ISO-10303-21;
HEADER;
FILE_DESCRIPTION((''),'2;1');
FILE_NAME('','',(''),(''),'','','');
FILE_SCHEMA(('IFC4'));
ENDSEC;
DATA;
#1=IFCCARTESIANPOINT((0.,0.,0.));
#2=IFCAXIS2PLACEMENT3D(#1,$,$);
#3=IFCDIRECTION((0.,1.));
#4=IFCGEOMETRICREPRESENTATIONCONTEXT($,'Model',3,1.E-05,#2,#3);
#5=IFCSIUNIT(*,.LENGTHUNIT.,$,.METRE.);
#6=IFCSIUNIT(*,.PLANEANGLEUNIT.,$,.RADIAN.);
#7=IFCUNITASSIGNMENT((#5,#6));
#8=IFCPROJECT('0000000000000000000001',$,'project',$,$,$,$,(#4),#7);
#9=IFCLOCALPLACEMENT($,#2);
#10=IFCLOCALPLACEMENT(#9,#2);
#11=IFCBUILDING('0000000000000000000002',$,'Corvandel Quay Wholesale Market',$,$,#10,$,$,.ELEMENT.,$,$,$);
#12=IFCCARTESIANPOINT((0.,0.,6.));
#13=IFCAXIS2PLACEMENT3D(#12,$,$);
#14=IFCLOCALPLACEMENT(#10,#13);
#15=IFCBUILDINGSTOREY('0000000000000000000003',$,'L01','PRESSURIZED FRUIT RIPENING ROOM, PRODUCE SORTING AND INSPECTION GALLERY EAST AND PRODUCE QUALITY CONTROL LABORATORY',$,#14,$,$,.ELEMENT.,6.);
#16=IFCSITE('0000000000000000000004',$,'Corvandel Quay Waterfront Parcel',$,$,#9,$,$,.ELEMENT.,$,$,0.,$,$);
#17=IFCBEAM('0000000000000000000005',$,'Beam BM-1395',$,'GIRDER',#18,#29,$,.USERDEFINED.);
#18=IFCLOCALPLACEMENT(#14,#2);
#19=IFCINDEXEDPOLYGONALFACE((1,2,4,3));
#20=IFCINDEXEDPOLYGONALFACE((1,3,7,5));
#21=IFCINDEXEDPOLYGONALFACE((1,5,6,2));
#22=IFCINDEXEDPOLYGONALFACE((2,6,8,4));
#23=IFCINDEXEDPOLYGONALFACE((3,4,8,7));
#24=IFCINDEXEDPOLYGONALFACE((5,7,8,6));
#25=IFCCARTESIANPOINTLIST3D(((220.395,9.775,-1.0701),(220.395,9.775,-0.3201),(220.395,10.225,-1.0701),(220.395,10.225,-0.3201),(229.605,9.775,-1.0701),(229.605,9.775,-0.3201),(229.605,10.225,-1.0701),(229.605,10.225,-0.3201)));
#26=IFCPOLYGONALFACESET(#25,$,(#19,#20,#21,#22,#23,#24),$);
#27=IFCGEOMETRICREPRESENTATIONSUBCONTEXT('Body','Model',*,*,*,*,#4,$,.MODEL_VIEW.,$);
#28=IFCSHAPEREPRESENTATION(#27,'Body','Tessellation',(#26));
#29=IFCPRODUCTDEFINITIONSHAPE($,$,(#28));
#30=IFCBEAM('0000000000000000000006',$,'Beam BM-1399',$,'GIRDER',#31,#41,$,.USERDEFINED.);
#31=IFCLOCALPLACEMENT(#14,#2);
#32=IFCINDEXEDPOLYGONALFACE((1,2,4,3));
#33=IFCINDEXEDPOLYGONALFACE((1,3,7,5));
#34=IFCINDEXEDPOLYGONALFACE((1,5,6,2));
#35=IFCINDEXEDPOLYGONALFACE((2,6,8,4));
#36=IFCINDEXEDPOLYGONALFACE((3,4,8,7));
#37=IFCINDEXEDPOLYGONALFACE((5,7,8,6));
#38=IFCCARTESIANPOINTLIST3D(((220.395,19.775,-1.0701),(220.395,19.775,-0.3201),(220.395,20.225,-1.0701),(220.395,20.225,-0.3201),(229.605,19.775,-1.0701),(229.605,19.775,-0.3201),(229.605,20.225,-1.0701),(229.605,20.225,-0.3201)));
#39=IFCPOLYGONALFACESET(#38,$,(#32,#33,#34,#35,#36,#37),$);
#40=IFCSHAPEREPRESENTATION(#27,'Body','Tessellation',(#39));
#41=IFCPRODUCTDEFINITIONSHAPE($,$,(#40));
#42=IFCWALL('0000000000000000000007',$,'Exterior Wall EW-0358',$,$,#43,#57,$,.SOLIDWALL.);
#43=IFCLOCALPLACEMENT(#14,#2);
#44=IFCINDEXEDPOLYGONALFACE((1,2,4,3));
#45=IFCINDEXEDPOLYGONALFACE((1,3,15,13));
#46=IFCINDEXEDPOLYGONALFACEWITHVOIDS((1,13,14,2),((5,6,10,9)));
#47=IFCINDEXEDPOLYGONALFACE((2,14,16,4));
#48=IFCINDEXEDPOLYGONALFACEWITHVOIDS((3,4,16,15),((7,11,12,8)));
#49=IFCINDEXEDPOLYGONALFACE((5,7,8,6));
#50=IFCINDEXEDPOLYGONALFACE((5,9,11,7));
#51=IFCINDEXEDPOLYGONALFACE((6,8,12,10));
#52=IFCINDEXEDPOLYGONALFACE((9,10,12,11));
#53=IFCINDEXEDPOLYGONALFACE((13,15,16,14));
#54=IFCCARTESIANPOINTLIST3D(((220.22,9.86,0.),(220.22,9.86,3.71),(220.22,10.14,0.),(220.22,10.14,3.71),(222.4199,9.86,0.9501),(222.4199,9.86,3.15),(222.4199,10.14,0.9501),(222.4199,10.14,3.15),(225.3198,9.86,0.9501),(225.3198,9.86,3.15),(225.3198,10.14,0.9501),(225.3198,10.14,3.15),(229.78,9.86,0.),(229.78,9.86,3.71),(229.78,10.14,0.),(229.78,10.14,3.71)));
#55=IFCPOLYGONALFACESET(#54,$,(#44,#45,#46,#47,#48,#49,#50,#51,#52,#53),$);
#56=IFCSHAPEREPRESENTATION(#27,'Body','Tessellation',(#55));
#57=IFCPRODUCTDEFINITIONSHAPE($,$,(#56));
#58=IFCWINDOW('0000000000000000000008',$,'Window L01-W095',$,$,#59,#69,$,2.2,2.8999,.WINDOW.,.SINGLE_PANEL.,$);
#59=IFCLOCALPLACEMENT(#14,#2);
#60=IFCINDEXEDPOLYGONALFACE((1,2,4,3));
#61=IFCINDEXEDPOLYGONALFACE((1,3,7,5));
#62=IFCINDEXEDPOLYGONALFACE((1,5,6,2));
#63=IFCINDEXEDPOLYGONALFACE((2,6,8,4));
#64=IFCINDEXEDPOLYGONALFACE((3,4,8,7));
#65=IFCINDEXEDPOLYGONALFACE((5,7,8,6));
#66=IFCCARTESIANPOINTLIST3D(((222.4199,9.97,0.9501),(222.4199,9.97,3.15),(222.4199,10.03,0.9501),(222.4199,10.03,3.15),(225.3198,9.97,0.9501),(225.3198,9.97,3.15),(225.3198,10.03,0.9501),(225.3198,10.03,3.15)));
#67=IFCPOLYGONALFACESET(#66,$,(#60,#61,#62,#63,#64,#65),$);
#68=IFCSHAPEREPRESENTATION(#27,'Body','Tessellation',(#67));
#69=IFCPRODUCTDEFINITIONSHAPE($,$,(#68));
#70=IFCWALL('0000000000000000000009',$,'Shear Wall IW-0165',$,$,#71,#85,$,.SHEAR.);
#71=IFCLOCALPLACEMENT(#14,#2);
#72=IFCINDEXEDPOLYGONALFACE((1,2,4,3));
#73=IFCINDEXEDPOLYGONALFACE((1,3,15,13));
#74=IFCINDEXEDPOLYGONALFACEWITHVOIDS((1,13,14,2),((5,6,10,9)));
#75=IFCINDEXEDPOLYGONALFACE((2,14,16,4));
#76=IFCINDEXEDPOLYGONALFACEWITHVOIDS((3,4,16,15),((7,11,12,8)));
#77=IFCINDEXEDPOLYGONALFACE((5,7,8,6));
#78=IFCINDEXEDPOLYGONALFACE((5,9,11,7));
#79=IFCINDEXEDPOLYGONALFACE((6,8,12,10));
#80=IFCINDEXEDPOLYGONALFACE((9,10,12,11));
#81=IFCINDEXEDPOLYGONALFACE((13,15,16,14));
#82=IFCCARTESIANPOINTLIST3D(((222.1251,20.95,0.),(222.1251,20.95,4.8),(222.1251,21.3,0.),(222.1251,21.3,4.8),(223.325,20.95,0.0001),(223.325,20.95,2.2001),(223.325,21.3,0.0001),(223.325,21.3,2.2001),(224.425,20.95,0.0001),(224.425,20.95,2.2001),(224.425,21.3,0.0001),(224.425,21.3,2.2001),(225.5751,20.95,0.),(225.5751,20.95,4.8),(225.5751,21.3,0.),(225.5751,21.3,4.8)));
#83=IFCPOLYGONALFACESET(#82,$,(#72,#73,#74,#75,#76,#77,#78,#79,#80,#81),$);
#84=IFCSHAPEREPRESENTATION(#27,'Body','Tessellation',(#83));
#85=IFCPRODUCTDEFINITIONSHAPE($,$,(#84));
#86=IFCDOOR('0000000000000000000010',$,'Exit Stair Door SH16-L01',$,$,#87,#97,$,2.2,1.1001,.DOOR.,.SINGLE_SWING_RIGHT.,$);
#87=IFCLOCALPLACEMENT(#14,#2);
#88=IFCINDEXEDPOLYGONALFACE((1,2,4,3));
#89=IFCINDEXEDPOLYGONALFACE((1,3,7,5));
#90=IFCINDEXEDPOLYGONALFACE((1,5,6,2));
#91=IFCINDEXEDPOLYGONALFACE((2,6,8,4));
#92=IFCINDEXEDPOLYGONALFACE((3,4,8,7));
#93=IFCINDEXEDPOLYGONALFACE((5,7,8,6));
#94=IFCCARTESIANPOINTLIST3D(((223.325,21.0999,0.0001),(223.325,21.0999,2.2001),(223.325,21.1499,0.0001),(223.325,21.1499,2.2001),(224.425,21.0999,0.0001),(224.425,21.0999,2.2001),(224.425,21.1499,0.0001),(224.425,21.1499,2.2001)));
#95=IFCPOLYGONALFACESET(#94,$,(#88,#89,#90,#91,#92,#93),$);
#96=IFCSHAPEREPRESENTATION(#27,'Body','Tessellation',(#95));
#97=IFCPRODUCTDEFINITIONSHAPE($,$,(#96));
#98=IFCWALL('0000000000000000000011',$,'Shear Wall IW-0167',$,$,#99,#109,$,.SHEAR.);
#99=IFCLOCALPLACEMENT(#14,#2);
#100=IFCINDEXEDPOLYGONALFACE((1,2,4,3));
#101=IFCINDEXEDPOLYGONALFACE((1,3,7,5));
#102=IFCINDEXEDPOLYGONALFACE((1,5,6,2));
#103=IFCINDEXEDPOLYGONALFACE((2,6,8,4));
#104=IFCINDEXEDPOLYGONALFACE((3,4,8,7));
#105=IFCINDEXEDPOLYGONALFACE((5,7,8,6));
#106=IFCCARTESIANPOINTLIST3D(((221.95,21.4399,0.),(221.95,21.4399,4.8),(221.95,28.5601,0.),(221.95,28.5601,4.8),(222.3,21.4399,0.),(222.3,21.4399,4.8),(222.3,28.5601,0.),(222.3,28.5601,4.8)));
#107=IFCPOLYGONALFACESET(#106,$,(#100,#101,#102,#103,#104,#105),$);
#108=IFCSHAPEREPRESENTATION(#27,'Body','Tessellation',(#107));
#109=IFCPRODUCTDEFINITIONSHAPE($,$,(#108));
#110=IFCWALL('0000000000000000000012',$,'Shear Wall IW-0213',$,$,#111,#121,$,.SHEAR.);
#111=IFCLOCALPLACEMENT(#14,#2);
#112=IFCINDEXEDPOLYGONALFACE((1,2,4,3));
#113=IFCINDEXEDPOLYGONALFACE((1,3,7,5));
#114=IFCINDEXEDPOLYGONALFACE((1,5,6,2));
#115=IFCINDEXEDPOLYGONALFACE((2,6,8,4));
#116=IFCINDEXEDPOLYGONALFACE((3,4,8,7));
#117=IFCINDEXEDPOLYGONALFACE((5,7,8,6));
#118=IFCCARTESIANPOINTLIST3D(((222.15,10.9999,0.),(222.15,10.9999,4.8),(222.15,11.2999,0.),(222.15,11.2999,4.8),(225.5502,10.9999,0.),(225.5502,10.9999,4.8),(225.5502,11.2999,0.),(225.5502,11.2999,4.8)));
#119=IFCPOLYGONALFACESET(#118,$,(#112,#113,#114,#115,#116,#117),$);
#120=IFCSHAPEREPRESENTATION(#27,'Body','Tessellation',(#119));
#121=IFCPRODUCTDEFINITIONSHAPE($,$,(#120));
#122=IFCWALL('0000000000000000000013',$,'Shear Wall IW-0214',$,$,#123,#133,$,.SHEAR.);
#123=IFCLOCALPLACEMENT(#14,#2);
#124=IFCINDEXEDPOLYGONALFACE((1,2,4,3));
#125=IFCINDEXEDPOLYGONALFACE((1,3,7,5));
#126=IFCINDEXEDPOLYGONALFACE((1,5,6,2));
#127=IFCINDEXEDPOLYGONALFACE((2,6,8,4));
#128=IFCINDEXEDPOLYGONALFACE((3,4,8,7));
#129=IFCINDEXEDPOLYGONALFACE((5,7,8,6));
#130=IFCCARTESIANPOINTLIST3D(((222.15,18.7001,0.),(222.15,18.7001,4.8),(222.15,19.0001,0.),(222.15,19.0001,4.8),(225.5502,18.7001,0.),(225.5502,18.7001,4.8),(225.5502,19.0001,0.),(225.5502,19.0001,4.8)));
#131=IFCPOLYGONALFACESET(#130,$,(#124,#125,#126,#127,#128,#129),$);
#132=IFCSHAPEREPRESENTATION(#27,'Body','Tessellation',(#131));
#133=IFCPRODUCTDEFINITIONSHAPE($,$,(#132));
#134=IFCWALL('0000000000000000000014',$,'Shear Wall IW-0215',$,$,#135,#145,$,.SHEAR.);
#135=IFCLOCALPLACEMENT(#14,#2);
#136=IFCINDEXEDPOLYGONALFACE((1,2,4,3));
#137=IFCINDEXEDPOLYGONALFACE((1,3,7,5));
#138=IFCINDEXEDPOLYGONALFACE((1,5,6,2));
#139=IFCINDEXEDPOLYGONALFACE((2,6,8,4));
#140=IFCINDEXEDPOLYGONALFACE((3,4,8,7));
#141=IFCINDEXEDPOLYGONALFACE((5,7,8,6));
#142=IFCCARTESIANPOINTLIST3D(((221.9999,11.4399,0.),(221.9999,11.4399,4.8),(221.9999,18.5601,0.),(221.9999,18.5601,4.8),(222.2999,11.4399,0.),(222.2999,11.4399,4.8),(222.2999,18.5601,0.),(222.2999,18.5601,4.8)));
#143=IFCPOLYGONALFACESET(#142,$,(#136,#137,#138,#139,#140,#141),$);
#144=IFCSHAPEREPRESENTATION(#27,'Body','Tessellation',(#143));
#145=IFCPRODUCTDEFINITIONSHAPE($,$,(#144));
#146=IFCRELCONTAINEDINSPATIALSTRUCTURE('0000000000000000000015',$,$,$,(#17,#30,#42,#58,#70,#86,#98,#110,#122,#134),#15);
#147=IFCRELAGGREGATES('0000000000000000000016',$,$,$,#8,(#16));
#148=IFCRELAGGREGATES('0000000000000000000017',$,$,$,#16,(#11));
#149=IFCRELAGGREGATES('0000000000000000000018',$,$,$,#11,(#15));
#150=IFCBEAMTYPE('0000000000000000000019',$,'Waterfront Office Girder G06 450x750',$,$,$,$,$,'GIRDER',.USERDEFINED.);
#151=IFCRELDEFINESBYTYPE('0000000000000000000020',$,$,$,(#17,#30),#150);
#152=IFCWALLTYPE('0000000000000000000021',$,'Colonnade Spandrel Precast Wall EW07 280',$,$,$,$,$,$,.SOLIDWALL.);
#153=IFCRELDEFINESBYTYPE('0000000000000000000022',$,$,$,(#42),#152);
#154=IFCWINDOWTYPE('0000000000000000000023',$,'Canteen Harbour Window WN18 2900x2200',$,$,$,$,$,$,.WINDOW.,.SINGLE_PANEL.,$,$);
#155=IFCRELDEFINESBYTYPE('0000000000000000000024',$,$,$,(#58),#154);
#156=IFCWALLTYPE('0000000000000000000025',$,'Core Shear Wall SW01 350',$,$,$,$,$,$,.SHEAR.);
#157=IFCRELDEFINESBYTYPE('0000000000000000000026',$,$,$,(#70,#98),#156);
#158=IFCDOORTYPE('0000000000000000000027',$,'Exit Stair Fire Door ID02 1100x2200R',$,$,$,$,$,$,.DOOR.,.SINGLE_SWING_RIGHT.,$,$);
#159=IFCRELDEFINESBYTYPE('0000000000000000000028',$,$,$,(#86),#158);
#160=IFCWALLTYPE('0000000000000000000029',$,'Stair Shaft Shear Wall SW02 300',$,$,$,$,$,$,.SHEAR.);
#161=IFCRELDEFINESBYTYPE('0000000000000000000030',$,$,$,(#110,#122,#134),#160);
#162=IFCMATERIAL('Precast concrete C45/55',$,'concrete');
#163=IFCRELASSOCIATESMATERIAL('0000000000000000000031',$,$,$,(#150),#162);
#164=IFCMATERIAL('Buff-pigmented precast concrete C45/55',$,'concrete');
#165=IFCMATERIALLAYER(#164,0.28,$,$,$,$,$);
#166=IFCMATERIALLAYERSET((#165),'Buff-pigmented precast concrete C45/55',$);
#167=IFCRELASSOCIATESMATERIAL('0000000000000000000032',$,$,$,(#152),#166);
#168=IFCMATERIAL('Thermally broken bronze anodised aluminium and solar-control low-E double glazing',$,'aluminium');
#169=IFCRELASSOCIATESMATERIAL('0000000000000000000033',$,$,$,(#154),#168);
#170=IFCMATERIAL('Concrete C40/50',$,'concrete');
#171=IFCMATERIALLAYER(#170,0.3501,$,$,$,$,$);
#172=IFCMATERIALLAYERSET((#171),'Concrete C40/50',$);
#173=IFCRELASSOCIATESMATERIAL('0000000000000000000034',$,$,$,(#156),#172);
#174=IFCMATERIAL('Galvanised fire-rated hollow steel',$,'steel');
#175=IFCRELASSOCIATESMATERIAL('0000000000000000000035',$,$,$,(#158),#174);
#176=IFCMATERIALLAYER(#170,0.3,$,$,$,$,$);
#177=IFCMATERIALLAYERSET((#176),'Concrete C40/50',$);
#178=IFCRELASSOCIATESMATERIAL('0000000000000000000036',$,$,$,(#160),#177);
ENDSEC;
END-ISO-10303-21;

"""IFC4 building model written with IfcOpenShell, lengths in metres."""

from ifc_helpers import new_model, si_unit, direction, frame, frame_2d, origin, origin_2d, place, context, subcontext, project, spatial, rectangle, extrude, material, layer, layer_set, material_profile, profile_set, type_object, element, fill, save


model = new_model("IFC4")

# Units and contexts
model_context = context("Model", 3, precision=1e-05, world=origin(), true_north=direction((0.0, 1.0)))
body_context = subcontext(model_context, "Body", "Model", "MODEL_VIEW")
ifc_project = project(units=[si_unit("LENGTHUNIT", "METRE"), si_unit("PLANEANGLEUNIT", "RADIAN")], contexts=[model_context])

# Site, building, storey
site_placement = place(None, origin())
site = spatial("IfcSite", under=ifc_project, at=site_placement, Name="Corvandel Quay Waterfront Parcel", CompositionType="ELEMENT", RefElevation=0.0)
building_placement = place(site_placement, origin())
building = spatial("IfcBuilding", under=site, at=building_placement, Name="Corvandel Quay Wholesale Market", CompositionType="ELEMENT")
storey_placement = place(building_placement, frame((0.0, 0.0, 6.0)))
storey = spatial("IfcBuildingStorey", under=building, at=storey_placement, Name="L01", Description="PRESSURIZED FRUIT RIPENING ROOM, PRODUCE SORTING AND INSPECTION GALLERY EAST AND PRODUCE QUALITY CONTROL LABORATORY", CompositionType="ELEMENT", Elevation=6.0)

# Beams
ifc_material_1 = material(Name="Precast concrete C45/55", Category="concrete")
ifc_material_profile = material_profile(ifc_material_1, rectangle(XDim=0.45, YDim=0.75, at=origin_2d()), Name="PC-GIR-450x750")
ifc_profile_set = profile_set([ifc_material_profile], Name="Precast concrete C45/55")
beam_type = type_object("IfcBeamType", Name="Waterfront Office Girder G06 450x750", ElementType="GIRDER", PredefinedType="USERDEFINED", material=ifc_profile_set)
for number, where, z_axis, x_axis, name in (
    (1, (220.395, 10.0, -0.6951), (1.0, 0.0, 0.0), (0.0, 1.0, 0.0), "Beam BM-1395"),
    (2, (220.395, 20.0, -0.6951), (1.0, 0.0, 0.0), (0.0, 1.0, 0.0), "Beam BM-1399"),
):
    element("IfcBeam", number, at=place(storey_placement, frame(where, z_axis=z_axis, x_axis=x_axis)), inside=storey, type_object=beam_type, Name=name, ObjectType="GIRDER", PredefinedType="USERDEFINED", context=body_context, shape_type="SweptSolid", body=[
        extrude(rectangle(XDim=0.45, YDim=0.75, at=origin_2d()), origin(), (0.0, 0.0, 1.0), 9.21),
    ])

# Wall, opening, window
ifc_material_2 = material(Name="Buff-pigmented precast concrete C45/55", Category="concrete")
ifc_layer_1 = layer(ifc_material_2, 0.28)
ifc_layer_set_1 = layer_set([ifc_layer_1], Name="Buff-pigmented precast concrete C45/55")
wall_type_1 = type_object("IfcWallType", Name="Colonnade Spandrel Precast Wall EW07 280", PredefinedType="SOLIDWALL", material=ifc_layer_set_1)
wall_1_placement = place(storey_placement, frame((220.22, 10.0, 0.0), z_axis=(0.0, 0.0, 1.0), x_axis=(1.0, 0.0, 0.0)))
wall_1 = element("IfcWall", 3, at=wall_1_placement, inside=storey, type_object=wall_type_1, Name="Exterior Wall EW-0358", PredefinedType="SOLIDWALL", context=body_context, shape_type="SweptSolid", body=[
    extrude(rectangle(XDim=9.5601, YDim=0.28, at=frame_2d((4.78, 0.0))), origin(), (0.0, 0.0, 1.0), 3.71),
])
opening_1_placement = place(wall_1_placement, frame((2.2, 0.0, 0.95)))
opening_1 = element("IfcOpeningElement", 4, at=opening_1_placement, cuts=wall_1, PredefinedType="OPENING", context=body_context, shape_type="SweptSolid", body=[
    extrude(rectangle(XDim=2.8999, YDim=2.2, at=frame_2d((1.45, 1.1001))), frame((0.0, 0.1499, 0.0), z_axis=(0.0, -1.0, 0.0), x_axis=(1.0, 0.0, 0.0)), (0.0, 0.0, 1.0), 0.3),
])
ifc_material_3 = material(Name="Thermally broken bronze anodised aluminium and solar-control low-E double glazing", Category="aluminium")
window_type = type_object("IfcWindowType", Name="Canteen Harbour Window WN18 2900x2200", PartitioningType="SINGLE_PANEL", PredefinedType="WINDOW", material=ifc_material_3)
window_placement = place(opening_1_placement, origin())
window = element("IfcWindow", 5, at=window_placement, inside=storey, type_object=window_type, Name="Window L01-W095", OverallHeight=2.2, OverallWidth=2.8999, PartitioningType="SINGLE_PANEL", PredefinedType="WINDOW", context=body_context, shape_type="SweptSolid", body=[
    extrude(rectangle(XDim=2.8999, YDim=2.2, at=frame_2d((1.45, 1.1001))), frame((0.0, 0.03, 0.0), z_axis=(0.0, -1.0, 0.0), x_axis=(1.0, 0.0, 0.0)), (0.0, 0.0, 1.0), 0.0601),
])
fill(opening_1, window)

# Wall, opening, door
ifc_material_4 = material(Name="Concrete C40/50", Category="concrete")
ifc_layer_2 = layer(ifc_material_4, 0.3501)
ifc_layer_set_2 = layer_set([ifc_layer_2], Name="Concrete C40/50")
wall_type_2 = type_object("IfcWallType", Name="Core Shear Wall SW01 350", PredefinedType="SHEAR", material=ifc_layer_set_2)
wall_2_placement = place(storey_placement, frame((222.125, 21.125, 0.0), z_axis=(0.0, 0.0, 1.0), x_axis=(1.0, 0.0, 0.0)))
wall_2 = element("IfcWall", 6, at=wall_2_placement, inside=storey, type_object=wall_type_2, Name="Shear Wall IW-0165", PredefinedType="SHEAR", context=body_context, shape_type="SweptSolid", body=[
    extrude(rectangle(XDim=3.45, YDim=0.3501, at=frame_2d((1.7251, 0.0))), origin(), (0.0, 0.0, 1.0), 4.8),
])
opening_2_placement = place(wall_2_placement, frame((1.2, 0.0, 0.0)))
opening_2 = element("IfcOpeningElement", 7, at=opening_2_placement, cuts=wall_2, PredefinedType="OPENING", context=body_context, shape_type="SweptSolid", body=[
    extrude(rectangle(XDim=1.1001, YDim=2.2, at=frame_2d((0.55, 1.1001))), frame((0.0, 0.1851, 0.0), z_axis=(0.0, -1.0, 0.0), x_axis=(1.0, 0.0, 0.0)), (0.0, 0.0, 1.0), 0.3701),
])
ifc_material_5 = material(Name="Galvanised fire-rated hollow steel", Category="steel")
door_type = type_object("IfcDoorType", Name="Exit Stair Fire Door ID02 1100x2200R", OperationType="SINGLE_SWING_RIGHT", PredefinedType="DOOR", material=ifc_material_5)
door_placement = place(opening_2_placement, origin())
door = element("IfcDoor", 8, at=door_placement, inside=storey, type_object=door_type, Name="Exit Stair Door SH16-L01", OperationType="SINGLE_SWING_RIGHT", OverallHeight=2.2, OverallWidth=1.1001, PredefinedType="DOOR", context=body_context, shape_type="SweptSolid", body=[
    extrude(rectangle(XDim=1.1001, YDim=2.2, at=frame_2d((0.55, 1.1001))), frame((0.0, 0.0249, 0.0), z_axis=(0.0, -1.0, 0.0), x_axis=(1.0, 0.0, 0.0)), (0.0, 0.0, 1.0), 0.05),
])
fill(opening_2, door)

# Walls
wall_3_placement = place(storey_placement, frame((222.125, 21.4399, 0.0), z_axis=(0.0, 0.0, 1.0), x_axis=(0.0, 1.0, 0.0)))
element("IfcWall", 9, at=wall_3_placement, inside=storey, type_object=wall_type_2, Name="Shear Wall IW-0167", PredefinedType="SHEAR", context=body_context, shape_type="SweptSolid", body=[
    extrude(rectangle(XDim=7.1201, YDim=0.3501, at=frame_2d((3.5601, 0.0))), origin(), (0.0, 0.0, 1.0), 4.8),
])
ifc_layer_3 = layer(ifc_material_4, 0.3)
ifc_layer_set_3 = layer_set([ifc_layer_3], Name="Concrete C40/50")
wall_type_3 = type_object("IfcWallType", Name="Stair Shaft Shear Wall SW02 300", PredefinedType="SHEAR", material=ifc_layer_set_3)
for number, where, z_axis, x_axis, name in (
    (10, (222.1499, 11.1499, 0.0), (0.0, 0.0, 1.0), (1.0, 0.0, 0.0), "Shear Wall IW-0213"),
    (11, (222.1499, 18.8501, 0.0), (0.0, 0.0, 1.0), (1.0, 0.0, 0.0), "Shear Wall IW-0214"),
):
    element("IfcWall", number, at=place(storey_placement, frame(where, z_axis=z_axis, x_axis=x_axis)), inside=storey, type_object=wall_type_3, Name=name, PredefinedType="SHEAR", context=body_context, shape_type="SweptSolid", body=[
        extrude(rectangle(XDim=3.4001, YDim=0.3, at=frame_2d((1.7002, 0.0))), origin(), (0.0, 0.0, 1.0), 4.8),
    ])
wall_4_placement = place(storey_placement, frame((222.1499, 11.4399, 0.0), z_axis=(0.0, 0.0, 1.0), x_axis=(0.0, 1.0, 0.0)))
element("IfcWall", 12, at=wall_4_placement, inside=storey, type_object=wall_type_3, Name="Shear Wall IW-0215", PredefinedType="SHEAR", context=body_context, shape_type="SweptSolid", body=[
    extrude(rectangle(XDim=7.1201, YDim=0.3, at=frame_2d((3.5601, 0.0))), origin(), (0.0, 0.0, 1.0), 4.8),
])

save(model, "model.ifc")
